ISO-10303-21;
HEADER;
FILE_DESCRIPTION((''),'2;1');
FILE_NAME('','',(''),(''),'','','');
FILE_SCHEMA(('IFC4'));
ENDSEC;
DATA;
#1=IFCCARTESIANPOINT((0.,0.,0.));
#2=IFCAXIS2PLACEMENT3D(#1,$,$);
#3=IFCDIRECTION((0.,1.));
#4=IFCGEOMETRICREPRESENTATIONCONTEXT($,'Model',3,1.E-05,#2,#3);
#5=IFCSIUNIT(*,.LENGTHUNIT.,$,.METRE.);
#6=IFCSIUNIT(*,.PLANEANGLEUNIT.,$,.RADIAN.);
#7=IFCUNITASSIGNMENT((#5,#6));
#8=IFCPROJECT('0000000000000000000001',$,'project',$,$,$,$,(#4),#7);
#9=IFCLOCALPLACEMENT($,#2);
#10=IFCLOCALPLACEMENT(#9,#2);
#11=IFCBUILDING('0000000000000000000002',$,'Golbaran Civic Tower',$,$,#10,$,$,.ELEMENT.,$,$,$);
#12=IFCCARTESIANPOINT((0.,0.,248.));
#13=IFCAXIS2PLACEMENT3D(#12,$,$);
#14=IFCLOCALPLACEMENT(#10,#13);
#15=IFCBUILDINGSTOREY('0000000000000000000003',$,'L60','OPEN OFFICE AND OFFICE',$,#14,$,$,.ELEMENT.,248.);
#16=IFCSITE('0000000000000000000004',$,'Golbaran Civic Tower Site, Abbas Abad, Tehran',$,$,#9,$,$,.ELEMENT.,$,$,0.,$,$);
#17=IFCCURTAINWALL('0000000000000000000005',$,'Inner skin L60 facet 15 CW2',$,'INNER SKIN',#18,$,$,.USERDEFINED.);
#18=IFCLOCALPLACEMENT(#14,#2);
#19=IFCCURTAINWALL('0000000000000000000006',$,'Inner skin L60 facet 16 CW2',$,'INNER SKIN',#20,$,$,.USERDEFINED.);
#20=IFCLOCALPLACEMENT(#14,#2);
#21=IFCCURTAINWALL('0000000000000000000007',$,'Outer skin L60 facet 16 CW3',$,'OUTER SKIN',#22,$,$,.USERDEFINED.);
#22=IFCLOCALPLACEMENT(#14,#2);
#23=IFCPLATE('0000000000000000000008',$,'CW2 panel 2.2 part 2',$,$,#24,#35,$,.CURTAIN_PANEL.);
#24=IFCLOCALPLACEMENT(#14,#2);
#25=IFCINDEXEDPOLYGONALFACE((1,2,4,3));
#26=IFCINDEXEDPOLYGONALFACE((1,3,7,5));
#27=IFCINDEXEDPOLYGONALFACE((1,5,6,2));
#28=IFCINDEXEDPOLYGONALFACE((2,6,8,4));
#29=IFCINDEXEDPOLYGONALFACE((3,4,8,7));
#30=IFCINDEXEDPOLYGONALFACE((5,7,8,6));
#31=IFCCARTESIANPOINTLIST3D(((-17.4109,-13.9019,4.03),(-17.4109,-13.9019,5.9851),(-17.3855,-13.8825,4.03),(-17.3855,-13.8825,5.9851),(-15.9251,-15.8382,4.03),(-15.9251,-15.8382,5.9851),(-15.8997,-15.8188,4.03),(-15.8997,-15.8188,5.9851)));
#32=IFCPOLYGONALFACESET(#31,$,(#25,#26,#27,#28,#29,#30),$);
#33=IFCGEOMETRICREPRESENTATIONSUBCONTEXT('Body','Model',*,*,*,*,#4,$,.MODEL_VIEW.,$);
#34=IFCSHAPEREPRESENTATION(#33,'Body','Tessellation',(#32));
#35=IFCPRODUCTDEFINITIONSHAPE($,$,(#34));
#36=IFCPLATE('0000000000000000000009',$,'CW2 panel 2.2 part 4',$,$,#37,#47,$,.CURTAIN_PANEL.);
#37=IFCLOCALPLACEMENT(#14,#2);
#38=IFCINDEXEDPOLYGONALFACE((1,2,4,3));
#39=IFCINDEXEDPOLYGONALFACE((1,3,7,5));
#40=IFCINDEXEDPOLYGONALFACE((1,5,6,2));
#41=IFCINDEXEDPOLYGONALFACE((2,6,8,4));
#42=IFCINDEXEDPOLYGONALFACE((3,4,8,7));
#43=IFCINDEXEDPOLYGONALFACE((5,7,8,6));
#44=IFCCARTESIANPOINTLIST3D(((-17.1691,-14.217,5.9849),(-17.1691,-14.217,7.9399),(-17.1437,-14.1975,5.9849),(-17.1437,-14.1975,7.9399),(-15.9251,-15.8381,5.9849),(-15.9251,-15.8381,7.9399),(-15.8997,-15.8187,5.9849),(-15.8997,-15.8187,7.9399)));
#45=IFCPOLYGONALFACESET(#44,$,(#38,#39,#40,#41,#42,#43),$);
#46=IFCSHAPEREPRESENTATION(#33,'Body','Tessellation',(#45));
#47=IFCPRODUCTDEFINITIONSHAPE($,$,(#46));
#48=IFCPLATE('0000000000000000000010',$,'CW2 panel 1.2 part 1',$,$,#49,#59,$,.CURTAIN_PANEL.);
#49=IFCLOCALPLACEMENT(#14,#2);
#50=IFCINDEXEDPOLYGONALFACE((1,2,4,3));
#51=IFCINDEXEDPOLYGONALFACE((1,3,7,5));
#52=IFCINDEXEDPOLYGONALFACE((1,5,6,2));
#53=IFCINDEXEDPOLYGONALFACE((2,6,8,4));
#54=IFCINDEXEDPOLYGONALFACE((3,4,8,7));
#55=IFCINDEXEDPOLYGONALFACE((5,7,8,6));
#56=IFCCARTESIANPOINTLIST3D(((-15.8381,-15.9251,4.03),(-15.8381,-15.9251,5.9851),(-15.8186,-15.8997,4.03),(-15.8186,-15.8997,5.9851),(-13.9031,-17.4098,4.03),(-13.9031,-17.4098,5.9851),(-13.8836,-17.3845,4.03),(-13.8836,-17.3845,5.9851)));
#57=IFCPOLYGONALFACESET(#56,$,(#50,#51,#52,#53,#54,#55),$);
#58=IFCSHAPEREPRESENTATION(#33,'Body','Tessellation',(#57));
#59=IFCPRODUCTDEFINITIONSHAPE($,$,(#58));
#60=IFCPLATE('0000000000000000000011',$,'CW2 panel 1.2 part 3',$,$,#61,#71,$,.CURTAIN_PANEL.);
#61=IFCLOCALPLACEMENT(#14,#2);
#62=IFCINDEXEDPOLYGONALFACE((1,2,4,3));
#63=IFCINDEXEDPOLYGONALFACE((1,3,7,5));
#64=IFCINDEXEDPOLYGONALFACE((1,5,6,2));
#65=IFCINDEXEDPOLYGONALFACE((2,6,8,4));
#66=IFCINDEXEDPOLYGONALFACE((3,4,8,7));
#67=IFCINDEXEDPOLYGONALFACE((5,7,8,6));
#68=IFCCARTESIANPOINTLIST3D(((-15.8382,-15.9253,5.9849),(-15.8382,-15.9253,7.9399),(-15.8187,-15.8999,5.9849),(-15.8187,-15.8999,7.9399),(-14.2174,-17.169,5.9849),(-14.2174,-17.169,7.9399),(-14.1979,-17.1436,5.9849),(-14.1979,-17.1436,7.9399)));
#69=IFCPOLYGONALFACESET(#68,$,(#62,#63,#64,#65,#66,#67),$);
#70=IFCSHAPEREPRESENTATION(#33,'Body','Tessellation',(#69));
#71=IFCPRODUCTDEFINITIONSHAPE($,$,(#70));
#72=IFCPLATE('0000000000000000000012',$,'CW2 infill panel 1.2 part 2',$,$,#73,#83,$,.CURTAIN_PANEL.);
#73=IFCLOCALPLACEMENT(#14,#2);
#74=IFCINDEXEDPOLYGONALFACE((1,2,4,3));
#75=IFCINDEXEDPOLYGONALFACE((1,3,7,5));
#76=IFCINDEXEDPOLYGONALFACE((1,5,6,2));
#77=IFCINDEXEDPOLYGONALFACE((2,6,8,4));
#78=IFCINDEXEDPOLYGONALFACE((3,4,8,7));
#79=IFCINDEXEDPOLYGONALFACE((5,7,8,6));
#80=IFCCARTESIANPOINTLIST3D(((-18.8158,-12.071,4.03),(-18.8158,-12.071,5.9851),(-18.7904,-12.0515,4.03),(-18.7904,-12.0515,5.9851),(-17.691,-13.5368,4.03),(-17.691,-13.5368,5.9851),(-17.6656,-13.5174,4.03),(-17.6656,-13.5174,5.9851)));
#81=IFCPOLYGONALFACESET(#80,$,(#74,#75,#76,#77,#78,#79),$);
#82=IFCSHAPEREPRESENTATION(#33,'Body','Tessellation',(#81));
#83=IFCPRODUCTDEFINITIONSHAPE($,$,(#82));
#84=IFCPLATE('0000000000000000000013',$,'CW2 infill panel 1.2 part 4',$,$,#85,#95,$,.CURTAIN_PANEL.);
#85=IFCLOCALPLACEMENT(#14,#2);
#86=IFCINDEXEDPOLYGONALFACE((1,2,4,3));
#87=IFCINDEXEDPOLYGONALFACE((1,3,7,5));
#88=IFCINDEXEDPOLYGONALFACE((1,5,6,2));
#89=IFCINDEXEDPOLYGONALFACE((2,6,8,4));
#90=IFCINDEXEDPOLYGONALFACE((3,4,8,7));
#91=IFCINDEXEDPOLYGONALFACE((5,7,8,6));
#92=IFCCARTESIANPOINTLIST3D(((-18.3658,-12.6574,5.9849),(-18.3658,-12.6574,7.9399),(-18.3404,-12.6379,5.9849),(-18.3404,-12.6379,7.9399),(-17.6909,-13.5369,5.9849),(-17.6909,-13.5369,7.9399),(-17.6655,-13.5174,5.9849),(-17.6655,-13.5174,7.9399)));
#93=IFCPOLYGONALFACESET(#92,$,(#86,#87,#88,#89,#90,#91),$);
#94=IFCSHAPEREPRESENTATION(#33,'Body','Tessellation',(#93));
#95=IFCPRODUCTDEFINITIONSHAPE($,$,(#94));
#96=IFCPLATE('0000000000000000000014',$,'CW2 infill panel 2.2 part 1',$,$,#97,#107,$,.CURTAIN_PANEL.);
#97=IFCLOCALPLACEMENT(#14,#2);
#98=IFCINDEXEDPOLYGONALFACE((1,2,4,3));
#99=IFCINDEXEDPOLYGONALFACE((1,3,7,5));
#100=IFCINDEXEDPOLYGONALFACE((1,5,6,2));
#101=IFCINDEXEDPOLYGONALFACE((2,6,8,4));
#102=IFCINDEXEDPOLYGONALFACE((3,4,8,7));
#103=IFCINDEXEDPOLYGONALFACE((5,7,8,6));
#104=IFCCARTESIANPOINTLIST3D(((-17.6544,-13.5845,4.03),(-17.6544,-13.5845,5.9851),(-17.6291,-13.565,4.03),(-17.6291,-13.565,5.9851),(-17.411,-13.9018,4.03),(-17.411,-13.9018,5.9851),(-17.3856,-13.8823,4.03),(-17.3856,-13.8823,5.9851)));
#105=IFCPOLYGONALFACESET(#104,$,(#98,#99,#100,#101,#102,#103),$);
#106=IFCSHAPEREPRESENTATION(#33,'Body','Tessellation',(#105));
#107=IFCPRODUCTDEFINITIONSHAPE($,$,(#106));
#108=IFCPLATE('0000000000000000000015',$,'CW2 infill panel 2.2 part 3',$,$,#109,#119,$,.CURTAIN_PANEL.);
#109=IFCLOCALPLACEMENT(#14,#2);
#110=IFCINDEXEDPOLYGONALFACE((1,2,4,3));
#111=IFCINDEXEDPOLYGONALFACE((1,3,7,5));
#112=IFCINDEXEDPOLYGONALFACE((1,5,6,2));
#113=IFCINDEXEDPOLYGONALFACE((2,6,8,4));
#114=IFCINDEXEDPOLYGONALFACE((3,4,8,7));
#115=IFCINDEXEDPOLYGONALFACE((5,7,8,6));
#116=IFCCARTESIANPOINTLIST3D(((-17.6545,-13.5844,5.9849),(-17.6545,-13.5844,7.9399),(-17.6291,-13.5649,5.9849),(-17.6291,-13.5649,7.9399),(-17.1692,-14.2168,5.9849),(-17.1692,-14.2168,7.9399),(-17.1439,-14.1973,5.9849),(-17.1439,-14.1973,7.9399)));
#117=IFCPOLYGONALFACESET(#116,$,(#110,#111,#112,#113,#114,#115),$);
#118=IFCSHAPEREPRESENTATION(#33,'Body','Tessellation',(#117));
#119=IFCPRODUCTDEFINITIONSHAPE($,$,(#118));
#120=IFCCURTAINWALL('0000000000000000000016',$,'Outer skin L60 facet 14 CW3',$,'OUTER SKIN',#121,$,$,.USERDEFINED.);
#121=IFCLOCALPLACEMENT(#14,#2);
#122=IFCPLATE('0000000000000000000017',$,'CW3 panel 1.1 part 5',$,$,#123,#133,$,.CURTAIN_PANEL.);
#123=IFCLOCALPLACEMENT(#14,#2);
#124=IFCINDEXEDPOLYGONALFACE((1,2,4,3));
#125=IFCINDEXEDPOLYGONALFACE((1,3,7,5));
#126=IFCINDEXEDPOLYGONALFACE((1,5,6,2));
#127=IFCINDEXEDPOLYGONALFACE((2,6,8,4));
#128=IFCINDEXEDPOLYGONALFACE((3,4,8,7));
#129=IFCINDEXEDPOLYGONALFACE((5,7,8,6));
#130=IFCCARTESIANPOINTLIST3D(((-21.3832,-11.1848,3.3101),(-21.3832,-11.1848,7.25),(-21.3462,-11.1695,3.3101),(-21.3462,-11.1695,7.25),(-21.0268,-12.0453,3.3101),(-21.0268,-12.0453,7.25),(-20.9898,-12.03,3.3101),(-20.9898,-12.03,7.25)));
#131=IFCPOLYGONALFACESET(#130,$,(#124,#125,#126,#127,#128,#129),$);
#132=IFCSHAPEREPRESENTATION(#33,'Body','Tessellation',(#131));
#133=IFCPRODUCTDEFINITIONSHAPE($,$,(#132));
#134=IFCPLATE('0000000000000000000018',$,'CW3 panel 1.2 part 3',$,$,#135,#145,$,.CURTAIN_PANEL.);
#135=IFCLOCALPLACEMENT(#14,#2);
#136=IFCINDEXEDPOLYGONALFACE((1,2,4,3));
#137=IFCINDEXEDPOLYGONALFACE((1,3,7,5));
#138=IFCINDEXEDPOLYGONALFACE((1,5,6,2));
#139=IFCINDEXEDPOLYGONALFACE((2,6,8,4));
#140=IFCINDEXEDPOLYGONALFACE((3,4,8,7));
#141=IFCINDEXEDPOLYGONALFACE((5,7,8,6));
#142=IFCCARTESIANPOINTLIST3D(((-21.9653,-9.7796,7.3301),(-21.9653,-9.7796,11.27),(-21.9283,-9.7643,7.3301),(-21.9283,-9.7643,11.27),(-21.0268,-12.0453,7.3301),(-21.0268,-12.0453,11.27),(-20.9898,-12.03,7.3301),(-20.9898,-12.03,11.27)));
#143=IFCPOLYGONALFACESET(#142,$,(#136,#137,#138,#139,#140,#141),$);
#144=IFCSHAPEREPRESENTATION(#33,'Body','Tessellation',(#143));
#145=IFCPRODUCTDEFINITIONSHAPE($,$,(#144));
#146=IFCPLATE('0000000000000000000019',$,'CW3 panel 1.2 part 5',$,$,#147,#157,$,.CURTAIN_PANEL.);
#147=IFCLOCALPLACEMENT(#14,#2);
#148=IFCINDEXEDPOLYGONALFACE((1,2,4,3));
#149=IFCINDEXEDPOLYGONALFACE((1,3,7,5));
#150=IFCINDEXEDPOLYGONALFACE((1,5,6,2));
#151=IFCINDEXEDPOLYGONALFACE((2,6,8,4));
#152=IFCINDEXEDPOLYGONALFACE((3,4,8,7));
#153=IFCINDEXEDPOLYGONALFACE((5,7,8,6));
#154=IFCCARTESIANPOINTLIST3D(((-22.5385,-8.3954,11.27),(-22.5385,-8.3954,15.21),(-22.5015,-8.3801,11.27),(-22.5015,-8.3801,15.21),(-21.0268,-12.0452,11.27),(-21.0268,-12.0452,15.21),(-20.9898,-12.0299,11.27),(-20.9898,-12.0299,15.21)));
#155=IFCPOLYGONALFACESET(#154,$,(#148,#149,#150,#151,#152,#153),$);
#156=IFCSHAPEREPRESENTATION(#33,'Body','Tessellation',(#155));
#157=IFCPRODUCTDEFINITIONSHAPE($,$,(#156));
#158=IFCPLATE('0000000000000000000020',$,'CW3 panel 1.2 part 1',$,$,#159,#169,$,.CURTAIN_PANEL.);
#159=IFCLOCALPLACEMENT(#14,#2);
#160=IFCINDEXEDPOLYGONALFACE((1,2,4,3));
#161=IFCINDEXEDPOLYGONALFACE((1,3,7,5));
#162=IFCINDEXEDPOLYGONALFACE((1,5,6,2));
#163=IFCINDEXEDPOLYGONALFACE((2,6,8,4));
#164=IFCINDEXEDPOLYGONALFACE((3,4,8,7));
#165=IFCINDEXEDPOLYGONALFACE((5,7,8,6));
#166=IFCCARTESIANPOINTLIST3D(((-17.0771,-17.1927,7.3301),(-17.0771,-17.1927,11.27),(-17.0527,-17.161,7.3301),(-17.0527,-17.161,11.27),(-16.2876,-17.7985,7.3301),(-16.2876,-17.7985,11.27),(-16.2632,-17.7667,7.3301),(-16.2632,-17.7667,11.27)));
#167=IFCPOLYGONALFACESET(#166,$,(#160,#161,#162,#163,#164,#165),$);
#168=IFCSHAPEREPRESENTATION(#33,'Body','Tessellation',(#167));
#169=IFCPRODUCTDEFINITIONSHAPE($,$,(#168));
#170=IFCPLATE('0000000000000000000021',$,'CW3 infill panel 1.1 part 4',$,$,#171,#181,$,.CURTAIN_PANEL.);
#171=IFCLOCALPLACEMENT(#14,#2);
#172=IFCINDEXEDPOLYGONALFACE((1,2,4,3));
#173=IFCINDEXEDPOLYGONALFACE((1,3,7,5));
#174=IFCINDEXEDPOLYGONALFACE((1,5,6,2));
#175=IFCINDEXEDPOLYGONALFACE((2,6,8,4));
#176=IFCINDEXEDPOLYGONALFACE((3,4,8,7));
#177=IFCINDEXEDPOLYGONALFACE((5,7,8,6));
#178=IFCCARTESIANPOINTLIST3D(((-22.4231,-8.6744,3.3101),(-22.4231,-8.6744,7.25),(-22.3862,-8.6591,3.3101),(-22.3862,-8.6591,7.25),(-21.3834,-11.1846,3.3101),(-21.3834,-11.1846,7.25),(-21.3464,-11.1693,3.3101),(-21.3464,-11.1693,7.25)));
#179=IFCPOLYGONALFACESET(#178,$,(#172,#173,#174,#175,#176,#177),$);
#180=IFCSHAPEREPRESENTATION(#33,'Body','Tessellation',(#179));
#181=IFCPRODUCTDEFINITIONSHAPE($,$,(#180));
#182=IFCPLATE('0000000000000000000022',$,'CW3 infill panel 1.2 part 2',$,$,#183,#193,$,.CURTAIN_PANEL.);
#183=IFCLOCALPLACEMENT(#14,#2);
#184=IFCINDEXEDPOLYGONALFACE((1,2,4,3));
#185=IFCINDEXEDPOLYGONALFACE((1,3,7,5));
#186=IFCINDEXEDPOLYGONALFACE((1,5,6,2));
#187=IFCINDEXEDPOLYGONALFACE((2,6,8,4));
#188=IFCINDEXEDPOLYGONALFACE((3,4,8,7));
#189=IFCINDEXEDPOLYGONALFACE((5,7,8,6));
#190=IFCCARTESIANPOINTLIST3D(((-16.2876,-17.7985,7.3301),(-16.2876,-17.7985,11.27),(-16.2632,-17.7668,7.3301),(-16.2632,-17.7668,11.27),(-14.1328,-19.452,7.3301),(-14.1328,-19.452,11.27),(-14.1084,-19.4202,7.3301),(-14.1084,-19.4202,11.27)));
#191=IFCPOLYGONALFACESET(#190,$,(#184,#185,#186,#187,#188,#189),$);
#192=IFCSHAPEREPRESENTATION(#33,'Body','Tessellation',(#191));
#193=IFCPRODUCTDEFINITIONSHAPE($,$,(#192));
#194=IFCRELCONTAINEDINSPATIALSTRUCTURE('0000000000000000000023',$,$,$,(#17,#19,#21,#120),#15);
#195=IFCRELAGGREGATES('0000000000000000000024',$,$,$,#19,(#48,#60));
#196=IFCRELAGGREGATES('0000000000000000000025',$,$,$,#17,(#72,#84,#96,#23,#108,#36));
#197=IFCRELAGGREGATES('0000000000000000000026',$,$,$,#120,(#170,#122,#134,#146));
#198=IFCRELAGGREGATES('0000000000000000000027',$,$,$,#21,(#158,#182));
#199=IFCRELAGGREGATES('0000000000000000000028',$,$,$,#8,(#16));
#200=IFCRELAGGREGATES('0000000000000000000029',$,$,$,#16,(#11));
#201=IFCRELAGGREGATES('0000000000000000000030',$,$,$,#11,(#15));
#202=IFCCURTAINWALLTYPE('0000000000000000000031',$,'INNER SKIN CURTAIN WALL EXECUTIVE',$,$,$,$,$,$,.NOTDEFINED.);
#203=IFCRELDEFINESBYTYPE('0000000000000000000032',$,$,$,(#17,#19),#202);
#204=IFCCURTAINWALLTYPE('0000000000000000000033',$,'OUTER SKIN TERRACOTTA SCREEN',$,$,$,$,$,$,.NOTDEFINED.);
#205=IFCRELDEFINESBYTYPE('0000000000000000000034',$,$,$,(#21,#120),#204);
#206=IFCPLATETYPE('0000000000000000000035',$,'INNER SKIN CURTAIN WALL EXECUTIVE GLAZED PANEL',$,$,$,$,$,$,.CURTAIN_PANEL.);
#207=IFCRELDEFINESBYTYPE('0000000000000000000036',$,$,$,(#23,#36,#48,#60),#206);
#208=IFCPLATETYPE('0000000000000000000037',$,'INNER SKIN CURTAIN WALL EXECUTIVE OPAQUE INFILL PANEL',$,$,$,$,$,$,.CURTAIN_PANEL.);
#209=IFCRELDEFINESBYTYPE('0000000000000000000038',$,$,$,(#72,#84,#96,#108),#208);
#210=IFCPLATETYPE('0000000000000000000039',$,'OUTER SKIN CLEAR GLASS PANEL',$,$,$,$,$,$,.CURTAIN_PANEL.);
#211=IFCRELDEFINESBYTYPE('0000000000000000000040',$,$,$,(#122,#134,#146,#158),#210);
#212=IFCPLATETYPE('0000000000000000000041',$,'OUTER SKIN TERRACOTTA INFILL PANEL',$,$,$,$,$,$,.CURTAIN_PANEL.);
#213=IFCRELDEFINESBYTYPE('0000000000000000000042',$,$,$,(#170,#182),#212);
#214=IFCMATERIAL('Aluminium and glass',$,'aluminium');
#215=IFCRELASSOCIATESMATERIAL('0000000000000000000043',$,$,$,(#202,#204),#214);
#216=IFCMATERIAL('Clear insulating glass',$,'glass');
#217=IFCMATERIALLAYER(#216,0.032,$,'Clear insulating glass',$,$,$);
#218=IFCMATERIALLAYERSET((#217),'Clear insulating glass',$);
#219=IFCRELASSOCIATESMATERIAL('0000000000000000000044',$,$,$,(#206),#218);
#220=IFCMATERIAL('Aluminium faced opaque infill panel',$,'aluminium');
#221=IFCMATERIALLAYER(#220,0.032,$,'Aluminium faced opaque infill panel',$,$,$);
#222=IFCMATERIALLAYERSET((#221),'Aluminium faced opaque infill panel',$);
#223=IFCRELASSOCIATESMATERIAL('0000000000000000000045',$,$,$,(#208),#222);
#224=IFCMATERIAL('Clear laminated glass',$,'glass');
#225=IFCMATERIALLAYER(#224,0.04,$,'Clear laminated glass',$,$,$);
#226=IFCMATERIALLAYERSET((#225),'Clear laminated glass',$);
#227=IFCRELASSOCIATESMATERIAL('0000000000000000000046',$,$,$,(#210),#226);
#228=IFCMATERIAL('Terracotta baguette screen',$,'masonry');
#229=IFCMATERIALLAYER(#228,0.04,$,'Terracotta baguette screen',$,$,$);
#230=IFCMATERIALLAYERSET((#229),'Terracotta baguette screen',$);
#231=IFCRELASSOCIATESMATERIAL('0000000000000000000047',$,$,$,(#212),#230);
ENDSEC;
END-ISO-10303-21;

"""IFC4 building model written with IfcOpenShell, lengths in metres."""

from ifc_helpers import new_model, si_unit, direction, frame, origin, origin_2d, place, context, subcontext, project, spatial, rectangle, extrude, material, layer, layer_set, type_object, element, aggregate, save


model = new_model("IFC4")

# Units and contexts
model_context = context("Model", 3, precision=1e-05, world=origin(), true_north=direction((0.0, 1.0)))
body_context = subcontext(model_context, "Body", "Model", "MODEL_VIEW")
ifc_project = project(units=[si_unit("LENGTHUNIT", "METRE"), si_unit("PLANEANGLEUNIT", "RADIAN")], contexts=[model_context])

# Site, building, storey
site_placement = place(None, origin())
site = spatial("IfcSite", under=ifc_project, at=site_placement, Name="Golbaran Civic Tower Site, Abbas Abad, Tehran", CompositionType="ELEMENT", RefElevation=0.0)
building_placement = place(site_placement, origin())
building = spatial("IfcBuilding", under=site, at=building_placement, Name="Golbaran Civic Tower", CompositionType="ELEMENT")
storey_placement = place(building_placement, frame((0.0, 0.0, 248.0)))
storey = spatial("IfcBuildingStorey", under=building, at=storey_placement, Name="L60", Description="OPEN OFFICE AND OFFICE", CompositionType="ELEMENT", Elevation=248.0)

# Curtain walls
ifc_material_1 = material(Name="Aluminium and glass", Category="aluminium")
curtain_wall_type_1 = type_object("IfcCurtainWallType", Name="INNER SKIN CURTAIN WALL EXECUTIVE", PredefinedType="NOTDEFINED", material=ifc_material_1)
curtain_wall_1_placement = place(storey_placement, origin())
curtain_wall_1 = element("IfcCurtainWall", 1, at=curtain_wall_1_placement, inside=storey, type_object=curtain_wall_type_1, Name="Inner skin L60 facet 15 CW2", ObjectType="INNER SKIN", PredefinedType="USERDEFINED")
curtain_wall_2_placement = place(storey_placement, origin())
curtain_wall_2 = element("IfcCurtainWall", 2, at=curtain_wall_2_placement, inside=storey, type_object=curtain_wall_type_1, Name="Inner skin L60 facet 16 CW2", ObjectType="INNER SKIN", PredefinedType="USERDEFINED")
curtain_wall_type_2 = type_object("IfcCurtainWallType", Name="OUTER SKIN TERRACOTTA SCREEN", PredefinedType="NOTDEFINED", material=ifc_material_1)
curtain_wall_3_placement = place(storey_placement, origin())
curtain_wall_3 = element("IfcCurtainWall", 3, at=curtain_wall_3_placement, inside=storey, type_object=curtain_wall_type_2, Name="Outer skin L60 facet 16 CW3", ObjectType="OUTER SKIN", PredefinedType="USERDEFINED")

# Shared definitions
ifc_material_2 = material(Name="Clear insulating glass", Category="glass")
ifc_layer_1 = layer(ifc_material_2, 0.032, Name="Clear insulating glass")
ifc_layer_set_1 = layer_set([ifc_layer_1], Name="Clear insulating glass")
plate_type_1 = type_object("IfcPlateType", Name="INNER SKIN CURTAIN WALL EXECUTIVE GLAZED PANEL", PredefinedType="CURTAIN_PANEL", material=ifc_layer_set_1)

# Plates
plate_1_placement = place(storey_placement, frame((-16.6553, -14.8604, 4.03), z_axis=(0.0, 0.0, 1.0), x_axis=(0.608761, -0.793353, 0.0)))
plate_1 = element("IfcPlate", 4, at=plate_1_placement, type_object=plate_type_1, Name="CW2 panel 2.2 part 2", PredefinedType="CURTAIN_PANEL", context=body_context, shape_type="SweptSolid", body=[
    extrude(rectangle(XDim=2.4407, YDim=0.032, at=origin_2d()), origin(), (0.0, 0.0, 1.0), 1.9551),
])
plate_2_placement = place(storey_placement, frame((-16.5344, -15.0178, 5.9849), z_axis=(0.0, 0.0, 1.0), x_axis=(0.608761, -0.793353, 0.0)))
plate_2 = element("IfcPlate", 5, at=plate_2_placement, type_object=plate_type_1, Name="CW2 panel 2.2 part 4", PredefinedType="CURTAIN_PANEL", context=body_context, shape_type="SweptSolid", body=[
    extrude(rectangle(XDim=2.0435, YDim=0.032, at=origin_2d()), origin(), (0.0, 0.0, 1.0), 1.9551),
])
plate_3_placement = place(storey_placement, frame((-14.8608, -16.6548, 4.03), z_axis=(0.0, 0.0, 1.0), x_axis=(0.793353, -0.608761, 0.0)))
plate_3 = element("IfcPlate", 6, at=plate_3_placement, type_object=plate_type_1, Name="CW2 panel 1.2 part 1", PredefinedType="CURTAIN_PANEL", context=body_context, shape_type="SweptSolid", body=[
    extrude(rectangle(XDim=2.439, YDim=0.032, at=origin_2d()), origin(), (0.0, 0.0, 1.0), 1.9551),
])
plate_4_placement = place(storey_placement, frame((-15.0181, -16.5344, 5.9849), z_axis=(0.0, 0.0, 1.0), x_axis=(0.793353, -0.608761, 0.0)))
plate_4 = element("IfcPlate", 7, at=plate_4_placement, type_object=plate_type_1, Name="CW2 panel 1.2 part 3", PredefinedType="CURTAIN_PANEL", context=body_context, shape_type="SweptSolid", body=[
    extrude(rectangle(XDim=2.043, YDim=0.032, at=origin_2d()), origin(), (0.0, 0.0, 1.0), 1.9551),
])
aggregate(curtain_wall_2, [plate_3, plate_4])
ifc_material_3 = material(Name="Aluminium faced opaque infill panel", Category="aluminium")
ifc_layer_2 = layer(ifc_material_3, 0.032, Name="Aluminium faced opaque infill panel")
ifc_layer_set_2 = layer_set([ifc_layer_2], Name="Aluminium faced opaque infill panel")
plate_type_2 = type_object("IfcPlateType", Name="INNER SKIN CURTAIN WALL EXECUTIVE OPAQUE INFILL PANEL", PredefinedType="CURTAIN_PANEL", material=ifc_layer_set_2)
plate_5_placement = place(storey_placement, frame((-18.2407, -12.7942, 4.03), z_axis=(0.0, 0.0, 1.0), x_axis=(0.608761, -0.793353, 0.0)))
plate_5 = element("IfcPlate", 8, at=plate_5_placement, type_object=plate_type_2, Name="CW2 infill panel 1.2 part 2", PredefinedType="CURTAIN_PANEL", context=body_context, shape_type="SweptSolid", body=[
    extrude(rectangle(XDim=1.8477, YDim=0.032, at=origin_2d()), origin(), (0.0, 0.0, 1.0), 1.9551),
])
plate_6_placement = place(storey_placement, frame((-18.0156, -13.0874, 5.9849), z_axis=(0.0, 0.0, 1.0), x_axis=(0.608761, -0.793353, 0.0)))
plate_6 = element("IfcPlate", 9, at=plate_6_placement, type_object=plate_type_2, Name="CW2 infill panel 1.2 part 4", PredefinedType="CURTAIN_PANEL", context=body_context, shape_type="SweptSolid", body=[
    extrude(rectangle(XDim=1.1086, YDim=0.032, at=origin_2d()), origin(), (0.0, 0.0, 1.0), 1.9551),
])
plate_7_placement = place(storey_placement, frame((-17.52, -13.7334, 4.03), z_axis=(0.0, 0.0, 1.0), x_axis=(0.608761, -0.793353, 0.0)))
plate_7 = element("IfcPlate", 10, at=plate_7_placement, type_object=plate_type_2, Name="CW2 infill panel 2.2 part 1", PredefinedType="CURTAIN_PANEL", context=body_context, shape_type="SweptSolid", body=[
    extrude(rectangle(XDim=0.3999, YDim=0.032, at=origin_2d()), origin(), (0.0, 0.0, 1.0), 1.9551),
])
plate_8_placement = place(storey_placement, frame((-17.3992, -13.8909, 5.9849), z_axis=(0.0, 0.0, 1.0), x_axis=(0.608761, -0.793353, 0.0)))
plate_8 = element("IfcPlate", 11, at=plate_8_placement, type_object=plate_type_2, Name="CW2 infill panel 2.2 part 3", PredefinedType="CURTAIN_PANEL", context=body_context, shape_type="SweptSolid", body=[
    extrude(rectangle(XDim=0.7971, YDim=0.032, at=origin_2d()), origin(), (0.0, 0.0, 1.0), 1.9551),
])
aggregate(curtain_wall_1, [plate_5, plate_6, plate_7, plate_1, plate_8, plate_2])

# Curtain wall, plates
curtain_wall_4_placement = place(storey_placement, origin())
curtain_wall_4 = element("IfcCurtainWall", 12, at=curtain_wall_4_placement, inside=storey, type_object=curtain_wall_type_2, Name="Outer skin L60 facet 14 CW3", ObjectType="OUTER SKIN", PredefinedType="USERDEFINED")
ifc_material_4 = material(Name="Clear laminated glass", Category="glass")
ifc_layer_3 = layer(ifc_material_4, 0.04, Name="Clear laminated glass")
ifc_layer_set_3 = layer_set([ifc_layer_3], Name="Clear laminated glass")
plate_type_3 = type_object("IfcPlateType", Name="OUTER SKIN CLEAR GLASS PANEL", PredefinedType="CURTAIN_PANEL", material=ifc_layer_set_3)
plate_9_placement = place(storey_placement, frame((-21.1865, -11.6074, 3.3101), z_axis=(0.0, 0.0, 1.0), x_axis=(0.382683, -0.92388, 0.0)))
plate_9 = element("IfcPlate", 13, at=plate_9_placement, type_object=plate_type_3, Name="CW3 panel 1.1 part 5", PredefinedType="CURTAIN_PANEL", context=body_context, shape_type="SweptSolid", body=[
    extrude(rectangle(XDim=0.9314, YDim=0.04, at=origin_2d()), origin(), (0.0, 0.0, 1.0), 3.9399),
])
plate_10_placement = place(storey_placement, frame((-21.4775, -10.9048, 7.3301), z_axis=(0.0, 0.0, 1.0), x_axis=(0.382683, -0.92388, 0.0)))
plate_10 = element("IfcPlate", 14, at=plate_10_placement, type_object=plate_type_3, Name="CW3 panel 1.2 part 3", PredefinedType="CURTAIN_PANEL", context=body_context, shape_type="SweptSolid", body=[
    extrude(rectangle(XDim=2.4524, YDim=0.04, at=origin_2d()), origin(), (0.0, 0.0, 1.0), 3.9399),
])
plate_11_placement = place(storey_placement, frame((-21.7642, -10.2126, 11.27), z_axis=(0.0, 0.0, 1.0), x_axis=(0.382683, -0.92388, 0.0)))
plate_11 = element("IfcPlate", 15, at=plate_11_placement, type_object=plate_type_3, Name="CW3 panel 1.2 part 5", PredefinedType="CURTAIN_PANEL", context=body_context, shape_type="SweptSolid", body=[
    extrude(rectangle(XDim=3.9504, YDim=0.04, at=origin_2d()), origin(), (0.0, 0.0, 1.0), 3.9399),
])

# Plates
plate_12_placement = place(storey_placement, frame((-16.6702, -17.4797, 7.3301), z_axis=(0.0, 0.0, 1.0), x_axis=(0.793353, -0.608761, 0.0)))
plate_12 = element("IfcPlate", 16, at=plate_12_placement, type_object=plate_type_3, Name="CW3 panel 1.2 part 1", PredefinedType="CURTAIN_PANEL", context=body_context, shape_type="SweptSolid", body=[
    extrude(rectangle(XDim=0.9951, YDim=0.04, at=origin_2d()), origin(), (0.0, 0.0, 1.0), 3.9399),
])
ifc_material_5 = material(Name="Terracotta baguette screen", Category="masonry")
ifc_layer_4 = layer(ifc_material_5, 0.04, Name="Terracotta baguette screen")
ifc_layer_set_4 = layer_set([ifc_layer_4], Name="Terracotta baguette screen")
plate_type_4 = type_object("IfcPlateType", Name="OUTER SKIN TERRACOTTA INFILL PANEL", PredefinedType="CURTAIN_PANEL", material=ifc_layer_set_4)
plate_13_placement = place(storey_placement, frame((-21.8848, -9.9219, 3.3101), z_axis=(0.0, 0.0, 1.0), x_axis=(0.382683, -0.92388, 0.0)))
plate_13 = element("IfcPlate", 17, at=plate_13_placement, type_object=plate_type_4, Name="CW3 infill panel 1.1 part 4", PredefinedType="CURTAIN_PANEL", context=body_context, shape_type="SweptSolid", body=[
    extrude(rectangle(XDim=2.717, YDim=0.04, at=origin_2d()), origin(), (0.0, 0.0, 1.0), 3.9399),
])
aggregate(curtain_wall_4, [plate_13, plate_9, plate_10, plate_11])
plate_14_placement = place(storey_placement, frame((-15.198, -18.6094, 7.3301), z_axis=(0.0, 0.0, 1.0), x_axis=(0.793353, -0.608761, 0.0)))
plate_14 = element("IfcPlate", 18, at=plate_14_placement, type_object=plate_type_4, Name="CW3 infill panel 1.2 part 2", PredefinedType="CURTAIN_PANEL", context=body_context, shape_type="SweptSolid", body=[
    extrude(rectangle(XDim=2.7161, YDim=0.04, at=origin_2d()), origin(), (0.0, 0.0, 1.0), 3.9399),
])
aggregate(curtain_wall_3, [plate_12, plate_14])

save(model, "model.ifc")
